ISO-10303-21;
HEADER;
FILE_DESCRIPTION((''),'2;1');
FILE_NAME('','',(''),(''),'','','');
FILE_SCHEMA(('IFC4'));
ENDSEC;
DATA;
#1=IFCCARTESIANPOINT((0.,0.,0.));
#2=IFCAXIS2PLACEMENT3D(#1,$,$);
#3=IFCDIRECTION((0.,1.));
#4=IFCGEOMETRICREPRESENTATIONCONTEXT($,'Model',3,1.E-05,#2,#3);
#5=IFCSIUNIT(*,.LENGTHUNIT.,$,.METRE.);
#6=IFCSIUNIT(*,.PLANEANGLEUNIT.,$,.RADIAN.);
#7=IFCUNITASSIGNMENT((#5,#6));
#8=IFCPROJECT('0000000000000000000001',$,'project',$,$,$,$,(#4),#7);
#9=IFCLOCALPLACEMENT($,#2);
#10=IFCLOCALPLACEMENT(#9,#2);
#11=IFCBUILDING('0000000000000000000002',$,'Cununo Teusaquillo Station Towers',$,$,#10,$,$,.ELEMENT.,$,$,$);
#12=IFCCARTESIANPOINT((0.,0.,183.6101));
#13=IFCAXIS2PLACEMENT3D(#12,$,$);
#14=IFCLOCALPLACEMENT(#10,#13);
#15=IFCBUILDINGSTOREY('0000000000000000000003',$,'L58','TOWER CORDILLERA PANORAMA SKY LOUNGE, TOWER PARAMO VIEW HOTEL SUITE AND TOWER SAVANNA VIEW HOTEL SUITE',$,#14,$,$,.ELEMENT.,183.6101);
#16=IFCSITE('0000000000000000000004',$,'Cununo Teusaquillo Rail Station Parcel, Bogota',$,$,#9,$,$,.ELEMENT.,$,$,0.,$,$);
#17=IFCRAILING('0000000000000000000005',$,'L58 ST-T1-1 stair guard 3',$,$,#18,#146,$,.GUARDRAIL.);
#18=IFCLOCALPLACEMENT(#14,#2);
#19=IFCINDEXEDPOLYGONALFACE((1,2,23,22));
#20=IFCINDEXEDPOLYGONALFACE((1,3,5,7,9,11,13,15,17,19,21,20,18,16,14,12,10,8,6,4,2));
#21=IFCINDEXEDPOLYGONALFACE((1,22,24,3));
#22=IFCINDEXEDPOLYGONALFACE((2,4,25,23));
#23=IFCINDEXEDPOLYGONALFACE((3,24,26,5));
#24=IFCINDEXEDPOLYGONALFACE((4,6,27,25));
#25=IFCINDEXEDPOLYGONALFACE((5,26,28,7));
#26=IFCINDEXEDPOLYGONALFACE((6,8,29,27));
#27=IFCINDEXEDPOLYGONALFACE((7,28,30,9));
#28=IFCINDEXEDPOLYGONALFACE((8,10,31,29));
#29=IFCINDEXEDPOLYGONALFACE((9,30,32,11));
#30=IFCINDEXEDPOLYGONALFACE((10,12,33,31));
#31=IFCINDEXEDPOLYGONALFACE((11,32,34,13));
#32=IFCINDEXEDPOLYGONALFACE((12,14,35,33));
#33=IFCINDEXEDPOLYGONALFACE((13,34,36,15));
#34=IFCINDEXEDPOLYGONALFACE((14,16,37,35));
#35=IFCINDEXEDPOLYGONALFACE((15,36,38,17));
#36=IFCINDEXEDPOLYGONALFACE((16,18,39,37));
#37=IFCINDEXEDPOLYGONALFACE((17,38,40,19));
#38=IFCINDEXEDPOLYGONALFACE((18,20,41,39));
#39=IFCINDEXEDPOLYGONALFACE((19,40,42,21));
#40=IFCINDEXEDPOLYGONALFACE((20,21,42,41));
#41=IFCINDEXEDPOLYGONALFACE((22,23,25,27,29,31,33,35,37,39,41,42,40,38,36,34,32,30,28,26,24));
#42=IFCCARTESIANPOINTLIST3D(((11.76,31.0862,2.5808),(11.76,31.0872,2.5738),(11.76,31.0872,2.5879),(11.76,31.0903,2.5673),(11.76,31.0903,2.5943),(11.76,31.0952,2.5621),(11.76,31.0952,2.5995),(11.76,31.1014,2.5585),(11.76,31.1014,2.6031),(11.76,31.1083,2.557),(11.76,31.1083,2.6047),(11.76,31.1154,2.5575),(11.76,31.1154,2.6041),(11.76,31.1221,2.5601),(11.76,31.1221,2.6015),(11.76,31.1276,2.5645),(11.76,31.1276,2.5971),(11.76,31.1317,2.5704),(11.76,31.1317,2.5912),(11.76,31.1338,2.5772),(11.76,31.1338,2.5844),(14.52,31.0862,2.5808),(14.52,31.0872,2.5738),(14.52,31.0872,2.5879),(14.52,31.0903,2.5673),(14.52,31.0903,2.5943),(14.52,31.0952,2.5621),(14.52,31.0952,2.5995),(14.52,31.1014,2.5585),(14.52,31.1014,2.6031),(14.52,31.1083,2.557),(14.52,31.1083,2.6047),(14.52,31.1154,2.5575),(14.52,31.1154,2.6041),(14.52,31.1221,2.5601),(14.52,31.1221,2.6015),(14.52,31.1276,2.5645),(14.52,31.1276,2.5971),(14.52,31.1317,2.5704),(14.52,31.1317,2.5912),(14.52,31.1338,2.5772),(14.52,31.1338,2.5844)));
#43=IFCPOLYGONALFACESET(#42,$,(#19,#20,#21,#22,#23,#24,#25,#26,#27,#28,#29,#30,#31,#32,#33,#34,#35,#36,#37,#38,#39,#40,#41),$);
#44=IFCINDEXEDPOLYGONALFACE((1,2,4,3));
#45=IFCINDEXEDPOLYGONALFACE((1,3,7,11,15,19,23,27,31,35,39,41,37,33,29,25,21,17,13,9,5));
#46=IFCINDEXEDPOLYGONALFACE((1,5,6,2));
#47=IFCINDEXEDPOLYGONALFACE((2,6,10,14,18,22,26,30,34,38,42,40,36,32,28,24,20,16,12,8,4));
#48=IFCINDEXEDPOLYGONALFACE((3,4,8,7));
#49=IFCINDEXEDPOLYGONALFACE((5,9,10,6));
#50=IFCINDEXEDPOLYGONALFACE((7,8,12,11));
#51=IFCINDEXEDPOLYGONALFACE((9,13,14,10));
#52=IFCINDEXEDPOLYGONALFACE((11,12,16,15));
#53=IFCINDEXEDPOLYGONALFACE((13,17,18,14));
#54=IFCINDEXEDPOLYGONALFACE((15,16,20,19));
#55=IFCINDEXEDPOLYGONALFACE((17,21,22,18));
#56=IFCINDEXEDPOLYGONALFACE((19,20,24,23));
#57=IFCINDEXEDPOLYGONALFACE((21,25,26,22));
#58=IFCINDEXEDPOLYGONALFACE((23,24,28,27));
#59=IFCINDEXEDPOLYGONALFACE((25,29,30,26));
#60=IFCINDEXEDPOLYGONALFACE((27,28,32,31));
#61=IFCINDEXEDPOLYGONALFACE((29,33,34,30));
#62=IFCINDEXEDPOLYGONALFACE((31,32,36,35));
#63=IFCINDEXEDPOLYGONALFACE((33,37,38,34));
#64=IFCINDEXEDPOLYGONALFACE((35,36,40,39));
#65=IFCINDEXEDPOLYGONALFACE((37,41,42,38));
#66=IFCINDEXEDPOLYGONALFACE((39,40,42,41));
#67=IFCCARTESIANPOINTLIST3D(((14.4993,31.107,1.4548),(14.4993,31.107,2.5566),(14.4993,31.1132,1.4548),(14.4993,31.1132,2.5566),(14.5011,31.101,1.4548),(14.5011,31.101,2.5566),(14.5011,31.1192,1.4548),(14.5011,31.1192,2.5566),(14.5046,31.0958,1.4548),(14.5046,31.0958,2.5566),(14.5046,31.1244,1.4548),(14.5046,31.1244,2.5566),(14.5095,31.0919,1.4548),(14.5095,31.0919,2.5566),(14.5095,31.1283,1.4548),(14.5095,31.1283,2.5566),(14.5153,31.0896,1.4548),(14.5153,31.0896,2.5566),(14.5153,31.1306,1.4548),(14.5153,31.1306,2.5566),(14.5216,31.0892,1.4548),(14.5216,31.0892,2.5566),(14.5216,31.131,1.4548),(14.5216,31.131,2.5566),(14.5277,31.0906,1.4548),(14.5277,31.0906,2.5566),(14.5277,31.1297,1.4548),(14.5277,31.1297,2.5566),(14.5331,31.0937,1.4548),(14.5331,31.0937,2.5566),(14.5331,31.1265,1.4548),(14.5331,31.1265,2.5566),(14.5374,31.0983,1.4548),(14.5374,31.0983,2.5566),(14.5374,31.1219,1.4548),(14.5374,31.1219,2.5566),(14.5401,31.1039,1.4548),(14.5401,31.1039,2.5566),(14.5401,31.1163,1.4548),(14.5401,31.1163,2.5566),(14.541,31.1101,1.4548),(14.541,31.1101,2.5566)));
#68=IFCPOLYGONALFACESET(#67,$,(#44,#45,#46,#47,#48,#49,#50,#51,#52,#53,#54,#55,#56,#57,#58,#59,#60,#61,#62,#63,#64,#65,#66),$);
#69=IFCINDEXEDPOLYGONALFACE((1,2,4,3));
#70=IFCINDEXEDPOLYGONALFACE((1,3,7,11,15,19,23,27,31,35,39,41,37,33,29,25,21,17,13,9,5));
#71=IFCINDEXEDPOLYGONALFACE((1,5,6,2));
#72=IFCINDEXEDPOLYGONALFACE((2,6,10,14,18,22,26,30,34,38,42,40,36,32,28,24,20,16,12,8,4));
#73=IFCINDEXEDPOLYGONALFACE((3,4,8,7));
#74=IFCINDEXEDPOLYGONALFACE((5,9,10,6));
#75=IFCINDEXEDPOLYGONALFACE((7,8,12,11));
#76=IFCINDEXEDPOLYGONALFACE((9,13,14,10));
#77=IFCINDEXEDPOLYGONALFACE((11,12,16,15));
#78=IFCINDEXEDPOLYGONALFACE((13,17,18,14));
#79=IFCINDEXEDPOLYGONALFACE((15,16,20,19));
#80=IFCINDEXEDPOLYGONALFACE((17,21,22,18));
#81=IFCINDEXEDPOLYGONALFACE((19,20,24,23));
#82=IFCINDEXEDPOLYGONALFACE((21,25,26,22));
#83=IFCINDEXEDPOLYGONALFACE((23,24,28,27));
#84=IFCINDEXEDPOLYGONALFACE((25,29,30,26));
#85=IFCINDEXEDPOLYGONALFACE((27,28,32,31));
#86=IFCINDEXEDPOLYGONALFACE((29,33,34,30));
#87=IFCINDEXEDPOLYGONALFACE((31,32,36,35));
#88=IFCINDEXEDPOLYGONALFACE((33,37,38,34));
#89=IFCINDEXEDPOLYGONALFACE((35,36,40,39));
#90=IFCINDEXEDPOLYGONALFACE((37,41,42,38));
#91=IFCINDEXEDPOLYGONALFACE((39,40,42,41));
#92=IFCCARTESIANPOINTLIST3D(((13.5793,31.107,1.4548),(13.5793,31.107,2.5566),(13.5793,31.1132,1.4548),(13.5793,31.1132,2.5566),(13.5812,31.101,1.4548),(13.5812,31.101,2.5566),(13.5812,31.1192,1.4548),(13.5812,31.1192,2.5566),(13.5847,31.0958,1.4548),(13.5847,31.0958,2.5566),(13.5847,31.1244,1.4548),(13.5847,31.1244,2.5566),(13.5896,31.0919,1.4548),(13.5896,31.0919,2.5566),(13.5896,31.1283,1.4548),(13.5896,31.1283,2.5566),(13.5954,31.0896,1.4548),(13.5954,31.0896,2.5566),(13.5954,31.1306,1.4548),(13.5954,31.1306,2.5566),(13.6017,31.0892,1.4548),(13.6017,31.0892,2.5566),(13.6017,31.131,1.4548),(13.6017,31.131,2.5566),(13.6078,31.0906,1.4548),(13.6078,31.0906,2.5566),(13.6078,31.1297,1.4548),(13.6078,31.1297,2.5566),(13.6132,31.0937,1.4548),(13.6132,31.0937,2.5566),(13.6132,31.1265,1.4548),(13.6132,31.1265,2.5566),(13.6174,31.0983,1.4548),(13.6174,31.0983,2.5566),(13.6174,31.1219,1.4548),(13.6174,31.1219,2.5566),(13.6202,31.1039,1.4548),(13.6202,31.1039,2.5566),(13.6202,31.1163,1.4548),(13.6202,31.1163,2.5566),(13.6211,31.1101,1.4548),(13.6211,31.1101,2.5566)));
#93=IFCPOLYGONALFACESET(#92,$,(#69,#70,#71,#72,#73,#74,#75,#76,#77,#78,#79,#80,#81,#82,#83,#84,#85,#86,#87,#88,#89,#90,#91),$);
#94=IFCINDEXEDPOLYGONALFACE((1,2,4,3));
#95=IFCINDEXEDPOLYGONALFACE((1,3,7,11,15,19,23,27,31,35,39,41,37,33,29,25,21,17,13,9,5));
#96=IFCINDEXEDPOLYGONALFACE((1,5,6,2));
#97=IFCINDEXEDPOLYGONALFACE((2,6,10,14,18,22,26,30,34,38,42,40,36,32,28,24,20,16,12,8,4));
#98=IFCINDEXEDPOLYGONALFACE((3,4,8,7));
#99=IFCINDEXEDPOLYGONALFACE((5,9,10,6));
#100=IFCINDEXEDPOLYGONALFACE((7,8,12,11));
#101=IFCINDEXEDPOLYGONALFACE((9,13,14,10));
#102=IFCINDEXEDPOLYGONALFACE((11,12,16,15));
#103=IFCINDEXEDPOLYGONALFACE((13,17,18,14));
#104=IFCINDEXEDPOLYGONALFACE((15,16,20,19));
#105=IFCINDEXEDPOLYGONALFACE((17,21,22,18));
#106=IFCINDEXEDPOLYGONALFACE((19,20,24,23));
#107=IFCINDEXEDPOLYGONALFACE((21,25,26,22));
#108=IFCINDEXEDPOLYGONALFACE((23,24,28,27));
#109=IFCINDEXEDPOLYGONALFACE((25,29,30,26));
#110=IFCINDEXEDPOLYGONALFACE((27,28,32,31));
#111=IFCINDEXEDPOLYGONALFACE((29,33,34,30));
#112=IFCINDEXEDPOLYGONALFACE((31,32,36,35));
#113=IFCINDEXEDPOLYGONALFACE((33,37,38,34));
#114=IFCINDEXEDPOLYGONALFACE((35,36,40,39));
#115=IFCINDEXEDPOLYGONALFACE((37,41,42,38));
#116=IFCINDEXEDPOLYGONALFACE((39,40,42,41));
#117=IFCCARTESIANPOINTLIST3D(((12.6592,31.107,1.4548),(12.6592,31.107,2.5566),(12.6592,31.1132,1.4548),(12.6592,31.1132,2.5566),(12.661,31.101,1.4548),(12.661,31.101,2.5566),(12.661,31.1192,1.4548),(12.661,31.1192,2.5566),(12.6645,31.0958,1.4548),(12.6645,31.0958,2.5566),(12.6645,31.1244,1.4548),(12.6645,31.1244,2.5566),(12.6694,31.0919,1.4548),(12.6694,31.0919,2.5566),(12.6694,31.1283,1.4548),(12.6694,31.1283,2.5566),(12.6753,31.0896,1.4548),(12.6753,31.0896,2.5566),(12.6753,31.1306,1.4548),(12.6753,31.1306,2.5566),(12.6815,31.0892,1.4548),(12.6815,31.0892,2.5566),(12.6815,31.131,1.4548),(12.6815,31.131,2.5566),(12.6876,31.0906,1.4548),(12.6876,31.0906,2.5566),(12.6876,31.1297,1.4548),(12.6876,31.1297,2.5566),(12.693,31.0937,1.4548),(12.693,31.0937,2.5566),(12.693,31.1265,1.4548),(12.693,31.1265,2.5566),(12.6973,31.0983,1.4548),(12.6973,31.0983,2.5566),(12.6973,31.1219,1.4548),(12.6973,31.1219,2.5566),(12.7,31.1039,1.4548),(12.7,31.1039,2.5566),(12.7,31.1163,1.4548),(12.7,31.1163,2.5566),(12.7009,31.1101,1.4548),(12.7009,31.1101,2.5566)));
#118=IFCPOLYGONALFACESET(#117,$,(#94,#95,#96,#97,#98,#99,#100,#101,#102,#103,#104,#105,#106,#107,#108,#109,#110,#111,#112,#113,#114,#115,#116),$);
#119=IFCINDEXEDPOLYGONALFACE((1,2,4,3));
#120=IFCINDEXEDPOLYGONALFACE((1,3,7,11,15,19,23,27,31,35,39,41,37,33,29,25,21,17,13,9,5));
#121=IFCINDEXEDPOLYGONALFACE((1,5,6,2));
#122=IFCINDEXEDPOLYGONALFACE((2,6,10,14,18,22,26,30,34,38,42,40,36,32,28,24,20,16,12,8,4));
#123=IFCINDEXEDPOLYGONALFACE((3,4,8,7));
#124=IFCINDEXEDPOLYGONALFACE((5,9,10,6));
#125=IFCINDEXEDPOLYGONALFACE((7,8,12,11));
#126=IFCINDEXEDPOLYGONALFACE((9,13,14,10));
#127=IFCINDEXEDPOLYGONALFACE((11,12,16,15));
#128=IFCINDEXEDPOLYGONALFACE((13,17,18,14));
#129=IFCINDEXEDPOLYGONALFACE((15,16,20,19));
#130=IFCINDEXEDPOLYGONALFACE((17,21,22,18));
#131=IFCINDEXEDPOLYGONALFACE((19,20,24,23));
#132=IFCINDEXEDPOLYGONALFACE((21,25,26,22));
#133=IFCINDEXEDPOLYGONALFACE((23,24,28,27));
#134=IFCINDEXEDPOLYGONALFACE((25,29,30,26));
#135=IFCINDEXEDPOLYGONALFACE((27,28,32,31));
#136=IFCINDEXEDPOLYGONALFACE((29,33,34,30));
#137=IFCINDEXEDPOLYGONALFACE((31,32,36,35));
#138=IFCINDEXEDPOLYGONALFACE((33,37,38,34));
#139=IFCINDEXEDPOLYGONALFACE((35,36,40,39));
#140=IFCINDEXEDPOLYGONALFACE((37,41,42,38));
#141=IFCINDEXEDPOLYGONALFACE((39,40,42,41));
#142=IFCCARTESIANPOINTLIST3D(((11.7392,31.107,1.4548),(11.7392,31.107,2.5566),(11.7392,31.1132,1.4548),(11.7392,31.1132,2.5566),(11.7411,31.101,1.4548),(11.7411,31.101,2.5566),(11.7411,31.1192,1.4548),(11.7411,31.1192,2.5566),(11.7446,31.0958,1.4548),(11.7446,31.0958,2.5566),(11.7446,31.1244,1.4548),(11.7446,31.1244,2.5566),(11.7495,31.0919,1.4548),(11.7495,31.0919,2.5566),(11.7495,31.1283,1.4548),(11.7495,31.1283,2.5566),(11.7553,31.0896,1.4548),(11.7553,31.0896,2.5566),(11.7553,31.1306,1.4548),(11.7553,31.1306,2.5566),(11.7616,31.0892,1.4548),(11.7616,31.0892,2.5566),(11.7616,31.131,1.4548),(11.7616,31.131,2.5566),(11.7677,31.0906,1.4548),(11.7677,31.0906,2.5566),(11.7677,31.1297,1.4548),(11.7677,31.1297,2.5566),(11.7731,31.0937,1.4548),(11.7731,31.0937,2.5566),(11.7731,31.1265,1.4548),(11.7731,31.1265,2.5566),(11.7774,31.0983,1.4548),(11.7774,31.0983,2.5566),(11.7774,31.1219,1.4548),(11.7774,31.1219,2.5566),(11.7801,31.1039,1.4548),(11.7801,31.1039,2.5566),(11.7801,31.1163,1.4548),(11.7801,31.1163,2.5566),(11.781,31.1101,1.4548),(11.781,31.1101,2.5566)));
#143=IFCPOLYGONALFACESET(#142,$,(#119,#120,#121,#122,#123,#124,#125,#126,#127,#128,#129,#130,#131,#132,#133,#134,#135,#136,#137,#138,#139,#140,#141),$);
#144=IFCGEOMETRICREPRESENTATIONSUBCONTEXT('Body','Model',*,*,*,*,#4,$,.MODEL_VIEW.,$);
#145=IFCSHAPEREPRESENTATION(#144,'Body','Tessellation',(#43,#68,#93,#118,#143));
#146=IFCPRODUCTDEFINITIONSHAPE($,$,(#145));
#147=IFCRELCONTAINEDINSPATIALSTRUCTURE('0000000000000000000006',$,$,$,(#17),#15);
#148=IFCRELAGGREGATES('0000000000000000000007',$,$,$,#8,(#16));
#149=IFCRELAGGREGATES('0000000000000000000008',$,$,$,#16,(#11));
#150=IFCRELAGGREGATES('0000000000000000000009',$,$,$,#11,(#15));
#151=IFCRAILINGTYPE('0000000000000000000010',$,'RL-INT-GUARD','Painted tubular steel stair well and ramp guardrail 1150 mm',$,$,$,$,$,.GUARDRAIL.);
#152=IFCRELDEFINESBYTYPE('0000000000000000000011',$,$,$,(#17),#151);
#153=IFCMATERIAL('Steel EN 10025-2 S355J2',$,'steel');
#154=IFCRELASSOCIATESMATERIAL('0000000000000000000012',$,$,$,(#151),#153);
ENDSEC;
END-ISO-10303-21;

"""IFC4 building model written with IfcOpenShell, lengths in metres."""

from ifc_helpers import new_model, si_unit, direction, frame, origin, origin_2d, place, context, subcontext, project, spatial, circle, extrude, material, type_object, element, save


model = new_model("IFC4")

# Units and contexts
model_context = context("Model", 3, precision=1e-05, world=origin(), true_north=direction((0.0, 1.0)))
body_context = subcontext(model_context, "Body", "Model", "MODEL_VIEW")
ifc_project = project(units=[si_unit("LENGTHUNIT", "METRE"), si_unit("PLANEANGLEUNIT", "RADIAN")], contexts=[model_context])

# Site, building, storey
site_placement = place(None, origin())
site = spatial("IfcSite", under=ifc_project, at=site_placement, Name="Cununo Teusaquillo Rail Station Parcel, Bogota", CompositionType="ELEMENT", RefElevation=0.0)
building_placement = place(site_placement, origin())
building = spatial("IfcBuilding", under=site, at=building_placement, Name="Cununo Teusaquillo Station Towers", CompositionType="ELEMENT")
storey_placement = place(building_placement, frame((0.0, 0.0, 183.6101)))
storey = spatial("IfcBuildingStorey", under=building, at=storey_placement, Name="L58", Description="TOWER CORDILLERA PANORAMA SKY LOUNGE, TOWER PARAMO VIEW HOTEL SUITE AND TOWER SAVANNA VIEW HOTEL SUITE", CompositionType="ELEMENT", Elevation=183.6101)

# Railing
ifc_material_1 = material(Name="Steel EN 10025-2 S355J2", Category="steel")
railing_type_1 = type_object("IfcRailingType", Name="RL-INT-GUARD", Description="Painted tubular steel stair well and ramp guardrail 1150 mm", PredefinedType="GUARDRAIL", material=ifc_material_1)
railing_1_placement = place(storey_placement, frame((14.52, 31.1101, 1.4548)))
element("IfcRailing", 1, at=railing_1_placement, inside=storey, type_object=railing_type_1, Name="L58 ST-T1-1 stair guard 3", PredefinedType="GUARDRAIL", context=body_context, shape_type="SweptSolid", body=[
    extrude(circle(Radius=0.0239, at=origin_2d()), frame((0.0, 0.0, 1.126), z_axis=(-1.0, 0.0, 0.0), x_axis=(0.0, -1.0, 0.0)), (0.0, 0.0, 1.0), 2.76),
    extrude(circle(Radius=0.021, at=origin_2d()), origin(), (0.0, 0.0, 1.0), 1.1018),
    extrude(circle(Radius=0.021, at=origin_2d()), frame((-0.9199, 0.0, 0.0)), (0.0, 0.0, 1.0), 1.1018),
    extrude(circle(Radius=0.021, at=origin_2d()), frame((-1.8401, 0.0, 0.0)), (0.0, 0.0, 1.0), 1.1018),
    extrude(circle(Radius=0.021, at=origin_2d()), frame((-2.76, 0.0, 0.0)), (0.0, 0.0, 1.0), 1.1018),
])

save(model, "model.ifc")
